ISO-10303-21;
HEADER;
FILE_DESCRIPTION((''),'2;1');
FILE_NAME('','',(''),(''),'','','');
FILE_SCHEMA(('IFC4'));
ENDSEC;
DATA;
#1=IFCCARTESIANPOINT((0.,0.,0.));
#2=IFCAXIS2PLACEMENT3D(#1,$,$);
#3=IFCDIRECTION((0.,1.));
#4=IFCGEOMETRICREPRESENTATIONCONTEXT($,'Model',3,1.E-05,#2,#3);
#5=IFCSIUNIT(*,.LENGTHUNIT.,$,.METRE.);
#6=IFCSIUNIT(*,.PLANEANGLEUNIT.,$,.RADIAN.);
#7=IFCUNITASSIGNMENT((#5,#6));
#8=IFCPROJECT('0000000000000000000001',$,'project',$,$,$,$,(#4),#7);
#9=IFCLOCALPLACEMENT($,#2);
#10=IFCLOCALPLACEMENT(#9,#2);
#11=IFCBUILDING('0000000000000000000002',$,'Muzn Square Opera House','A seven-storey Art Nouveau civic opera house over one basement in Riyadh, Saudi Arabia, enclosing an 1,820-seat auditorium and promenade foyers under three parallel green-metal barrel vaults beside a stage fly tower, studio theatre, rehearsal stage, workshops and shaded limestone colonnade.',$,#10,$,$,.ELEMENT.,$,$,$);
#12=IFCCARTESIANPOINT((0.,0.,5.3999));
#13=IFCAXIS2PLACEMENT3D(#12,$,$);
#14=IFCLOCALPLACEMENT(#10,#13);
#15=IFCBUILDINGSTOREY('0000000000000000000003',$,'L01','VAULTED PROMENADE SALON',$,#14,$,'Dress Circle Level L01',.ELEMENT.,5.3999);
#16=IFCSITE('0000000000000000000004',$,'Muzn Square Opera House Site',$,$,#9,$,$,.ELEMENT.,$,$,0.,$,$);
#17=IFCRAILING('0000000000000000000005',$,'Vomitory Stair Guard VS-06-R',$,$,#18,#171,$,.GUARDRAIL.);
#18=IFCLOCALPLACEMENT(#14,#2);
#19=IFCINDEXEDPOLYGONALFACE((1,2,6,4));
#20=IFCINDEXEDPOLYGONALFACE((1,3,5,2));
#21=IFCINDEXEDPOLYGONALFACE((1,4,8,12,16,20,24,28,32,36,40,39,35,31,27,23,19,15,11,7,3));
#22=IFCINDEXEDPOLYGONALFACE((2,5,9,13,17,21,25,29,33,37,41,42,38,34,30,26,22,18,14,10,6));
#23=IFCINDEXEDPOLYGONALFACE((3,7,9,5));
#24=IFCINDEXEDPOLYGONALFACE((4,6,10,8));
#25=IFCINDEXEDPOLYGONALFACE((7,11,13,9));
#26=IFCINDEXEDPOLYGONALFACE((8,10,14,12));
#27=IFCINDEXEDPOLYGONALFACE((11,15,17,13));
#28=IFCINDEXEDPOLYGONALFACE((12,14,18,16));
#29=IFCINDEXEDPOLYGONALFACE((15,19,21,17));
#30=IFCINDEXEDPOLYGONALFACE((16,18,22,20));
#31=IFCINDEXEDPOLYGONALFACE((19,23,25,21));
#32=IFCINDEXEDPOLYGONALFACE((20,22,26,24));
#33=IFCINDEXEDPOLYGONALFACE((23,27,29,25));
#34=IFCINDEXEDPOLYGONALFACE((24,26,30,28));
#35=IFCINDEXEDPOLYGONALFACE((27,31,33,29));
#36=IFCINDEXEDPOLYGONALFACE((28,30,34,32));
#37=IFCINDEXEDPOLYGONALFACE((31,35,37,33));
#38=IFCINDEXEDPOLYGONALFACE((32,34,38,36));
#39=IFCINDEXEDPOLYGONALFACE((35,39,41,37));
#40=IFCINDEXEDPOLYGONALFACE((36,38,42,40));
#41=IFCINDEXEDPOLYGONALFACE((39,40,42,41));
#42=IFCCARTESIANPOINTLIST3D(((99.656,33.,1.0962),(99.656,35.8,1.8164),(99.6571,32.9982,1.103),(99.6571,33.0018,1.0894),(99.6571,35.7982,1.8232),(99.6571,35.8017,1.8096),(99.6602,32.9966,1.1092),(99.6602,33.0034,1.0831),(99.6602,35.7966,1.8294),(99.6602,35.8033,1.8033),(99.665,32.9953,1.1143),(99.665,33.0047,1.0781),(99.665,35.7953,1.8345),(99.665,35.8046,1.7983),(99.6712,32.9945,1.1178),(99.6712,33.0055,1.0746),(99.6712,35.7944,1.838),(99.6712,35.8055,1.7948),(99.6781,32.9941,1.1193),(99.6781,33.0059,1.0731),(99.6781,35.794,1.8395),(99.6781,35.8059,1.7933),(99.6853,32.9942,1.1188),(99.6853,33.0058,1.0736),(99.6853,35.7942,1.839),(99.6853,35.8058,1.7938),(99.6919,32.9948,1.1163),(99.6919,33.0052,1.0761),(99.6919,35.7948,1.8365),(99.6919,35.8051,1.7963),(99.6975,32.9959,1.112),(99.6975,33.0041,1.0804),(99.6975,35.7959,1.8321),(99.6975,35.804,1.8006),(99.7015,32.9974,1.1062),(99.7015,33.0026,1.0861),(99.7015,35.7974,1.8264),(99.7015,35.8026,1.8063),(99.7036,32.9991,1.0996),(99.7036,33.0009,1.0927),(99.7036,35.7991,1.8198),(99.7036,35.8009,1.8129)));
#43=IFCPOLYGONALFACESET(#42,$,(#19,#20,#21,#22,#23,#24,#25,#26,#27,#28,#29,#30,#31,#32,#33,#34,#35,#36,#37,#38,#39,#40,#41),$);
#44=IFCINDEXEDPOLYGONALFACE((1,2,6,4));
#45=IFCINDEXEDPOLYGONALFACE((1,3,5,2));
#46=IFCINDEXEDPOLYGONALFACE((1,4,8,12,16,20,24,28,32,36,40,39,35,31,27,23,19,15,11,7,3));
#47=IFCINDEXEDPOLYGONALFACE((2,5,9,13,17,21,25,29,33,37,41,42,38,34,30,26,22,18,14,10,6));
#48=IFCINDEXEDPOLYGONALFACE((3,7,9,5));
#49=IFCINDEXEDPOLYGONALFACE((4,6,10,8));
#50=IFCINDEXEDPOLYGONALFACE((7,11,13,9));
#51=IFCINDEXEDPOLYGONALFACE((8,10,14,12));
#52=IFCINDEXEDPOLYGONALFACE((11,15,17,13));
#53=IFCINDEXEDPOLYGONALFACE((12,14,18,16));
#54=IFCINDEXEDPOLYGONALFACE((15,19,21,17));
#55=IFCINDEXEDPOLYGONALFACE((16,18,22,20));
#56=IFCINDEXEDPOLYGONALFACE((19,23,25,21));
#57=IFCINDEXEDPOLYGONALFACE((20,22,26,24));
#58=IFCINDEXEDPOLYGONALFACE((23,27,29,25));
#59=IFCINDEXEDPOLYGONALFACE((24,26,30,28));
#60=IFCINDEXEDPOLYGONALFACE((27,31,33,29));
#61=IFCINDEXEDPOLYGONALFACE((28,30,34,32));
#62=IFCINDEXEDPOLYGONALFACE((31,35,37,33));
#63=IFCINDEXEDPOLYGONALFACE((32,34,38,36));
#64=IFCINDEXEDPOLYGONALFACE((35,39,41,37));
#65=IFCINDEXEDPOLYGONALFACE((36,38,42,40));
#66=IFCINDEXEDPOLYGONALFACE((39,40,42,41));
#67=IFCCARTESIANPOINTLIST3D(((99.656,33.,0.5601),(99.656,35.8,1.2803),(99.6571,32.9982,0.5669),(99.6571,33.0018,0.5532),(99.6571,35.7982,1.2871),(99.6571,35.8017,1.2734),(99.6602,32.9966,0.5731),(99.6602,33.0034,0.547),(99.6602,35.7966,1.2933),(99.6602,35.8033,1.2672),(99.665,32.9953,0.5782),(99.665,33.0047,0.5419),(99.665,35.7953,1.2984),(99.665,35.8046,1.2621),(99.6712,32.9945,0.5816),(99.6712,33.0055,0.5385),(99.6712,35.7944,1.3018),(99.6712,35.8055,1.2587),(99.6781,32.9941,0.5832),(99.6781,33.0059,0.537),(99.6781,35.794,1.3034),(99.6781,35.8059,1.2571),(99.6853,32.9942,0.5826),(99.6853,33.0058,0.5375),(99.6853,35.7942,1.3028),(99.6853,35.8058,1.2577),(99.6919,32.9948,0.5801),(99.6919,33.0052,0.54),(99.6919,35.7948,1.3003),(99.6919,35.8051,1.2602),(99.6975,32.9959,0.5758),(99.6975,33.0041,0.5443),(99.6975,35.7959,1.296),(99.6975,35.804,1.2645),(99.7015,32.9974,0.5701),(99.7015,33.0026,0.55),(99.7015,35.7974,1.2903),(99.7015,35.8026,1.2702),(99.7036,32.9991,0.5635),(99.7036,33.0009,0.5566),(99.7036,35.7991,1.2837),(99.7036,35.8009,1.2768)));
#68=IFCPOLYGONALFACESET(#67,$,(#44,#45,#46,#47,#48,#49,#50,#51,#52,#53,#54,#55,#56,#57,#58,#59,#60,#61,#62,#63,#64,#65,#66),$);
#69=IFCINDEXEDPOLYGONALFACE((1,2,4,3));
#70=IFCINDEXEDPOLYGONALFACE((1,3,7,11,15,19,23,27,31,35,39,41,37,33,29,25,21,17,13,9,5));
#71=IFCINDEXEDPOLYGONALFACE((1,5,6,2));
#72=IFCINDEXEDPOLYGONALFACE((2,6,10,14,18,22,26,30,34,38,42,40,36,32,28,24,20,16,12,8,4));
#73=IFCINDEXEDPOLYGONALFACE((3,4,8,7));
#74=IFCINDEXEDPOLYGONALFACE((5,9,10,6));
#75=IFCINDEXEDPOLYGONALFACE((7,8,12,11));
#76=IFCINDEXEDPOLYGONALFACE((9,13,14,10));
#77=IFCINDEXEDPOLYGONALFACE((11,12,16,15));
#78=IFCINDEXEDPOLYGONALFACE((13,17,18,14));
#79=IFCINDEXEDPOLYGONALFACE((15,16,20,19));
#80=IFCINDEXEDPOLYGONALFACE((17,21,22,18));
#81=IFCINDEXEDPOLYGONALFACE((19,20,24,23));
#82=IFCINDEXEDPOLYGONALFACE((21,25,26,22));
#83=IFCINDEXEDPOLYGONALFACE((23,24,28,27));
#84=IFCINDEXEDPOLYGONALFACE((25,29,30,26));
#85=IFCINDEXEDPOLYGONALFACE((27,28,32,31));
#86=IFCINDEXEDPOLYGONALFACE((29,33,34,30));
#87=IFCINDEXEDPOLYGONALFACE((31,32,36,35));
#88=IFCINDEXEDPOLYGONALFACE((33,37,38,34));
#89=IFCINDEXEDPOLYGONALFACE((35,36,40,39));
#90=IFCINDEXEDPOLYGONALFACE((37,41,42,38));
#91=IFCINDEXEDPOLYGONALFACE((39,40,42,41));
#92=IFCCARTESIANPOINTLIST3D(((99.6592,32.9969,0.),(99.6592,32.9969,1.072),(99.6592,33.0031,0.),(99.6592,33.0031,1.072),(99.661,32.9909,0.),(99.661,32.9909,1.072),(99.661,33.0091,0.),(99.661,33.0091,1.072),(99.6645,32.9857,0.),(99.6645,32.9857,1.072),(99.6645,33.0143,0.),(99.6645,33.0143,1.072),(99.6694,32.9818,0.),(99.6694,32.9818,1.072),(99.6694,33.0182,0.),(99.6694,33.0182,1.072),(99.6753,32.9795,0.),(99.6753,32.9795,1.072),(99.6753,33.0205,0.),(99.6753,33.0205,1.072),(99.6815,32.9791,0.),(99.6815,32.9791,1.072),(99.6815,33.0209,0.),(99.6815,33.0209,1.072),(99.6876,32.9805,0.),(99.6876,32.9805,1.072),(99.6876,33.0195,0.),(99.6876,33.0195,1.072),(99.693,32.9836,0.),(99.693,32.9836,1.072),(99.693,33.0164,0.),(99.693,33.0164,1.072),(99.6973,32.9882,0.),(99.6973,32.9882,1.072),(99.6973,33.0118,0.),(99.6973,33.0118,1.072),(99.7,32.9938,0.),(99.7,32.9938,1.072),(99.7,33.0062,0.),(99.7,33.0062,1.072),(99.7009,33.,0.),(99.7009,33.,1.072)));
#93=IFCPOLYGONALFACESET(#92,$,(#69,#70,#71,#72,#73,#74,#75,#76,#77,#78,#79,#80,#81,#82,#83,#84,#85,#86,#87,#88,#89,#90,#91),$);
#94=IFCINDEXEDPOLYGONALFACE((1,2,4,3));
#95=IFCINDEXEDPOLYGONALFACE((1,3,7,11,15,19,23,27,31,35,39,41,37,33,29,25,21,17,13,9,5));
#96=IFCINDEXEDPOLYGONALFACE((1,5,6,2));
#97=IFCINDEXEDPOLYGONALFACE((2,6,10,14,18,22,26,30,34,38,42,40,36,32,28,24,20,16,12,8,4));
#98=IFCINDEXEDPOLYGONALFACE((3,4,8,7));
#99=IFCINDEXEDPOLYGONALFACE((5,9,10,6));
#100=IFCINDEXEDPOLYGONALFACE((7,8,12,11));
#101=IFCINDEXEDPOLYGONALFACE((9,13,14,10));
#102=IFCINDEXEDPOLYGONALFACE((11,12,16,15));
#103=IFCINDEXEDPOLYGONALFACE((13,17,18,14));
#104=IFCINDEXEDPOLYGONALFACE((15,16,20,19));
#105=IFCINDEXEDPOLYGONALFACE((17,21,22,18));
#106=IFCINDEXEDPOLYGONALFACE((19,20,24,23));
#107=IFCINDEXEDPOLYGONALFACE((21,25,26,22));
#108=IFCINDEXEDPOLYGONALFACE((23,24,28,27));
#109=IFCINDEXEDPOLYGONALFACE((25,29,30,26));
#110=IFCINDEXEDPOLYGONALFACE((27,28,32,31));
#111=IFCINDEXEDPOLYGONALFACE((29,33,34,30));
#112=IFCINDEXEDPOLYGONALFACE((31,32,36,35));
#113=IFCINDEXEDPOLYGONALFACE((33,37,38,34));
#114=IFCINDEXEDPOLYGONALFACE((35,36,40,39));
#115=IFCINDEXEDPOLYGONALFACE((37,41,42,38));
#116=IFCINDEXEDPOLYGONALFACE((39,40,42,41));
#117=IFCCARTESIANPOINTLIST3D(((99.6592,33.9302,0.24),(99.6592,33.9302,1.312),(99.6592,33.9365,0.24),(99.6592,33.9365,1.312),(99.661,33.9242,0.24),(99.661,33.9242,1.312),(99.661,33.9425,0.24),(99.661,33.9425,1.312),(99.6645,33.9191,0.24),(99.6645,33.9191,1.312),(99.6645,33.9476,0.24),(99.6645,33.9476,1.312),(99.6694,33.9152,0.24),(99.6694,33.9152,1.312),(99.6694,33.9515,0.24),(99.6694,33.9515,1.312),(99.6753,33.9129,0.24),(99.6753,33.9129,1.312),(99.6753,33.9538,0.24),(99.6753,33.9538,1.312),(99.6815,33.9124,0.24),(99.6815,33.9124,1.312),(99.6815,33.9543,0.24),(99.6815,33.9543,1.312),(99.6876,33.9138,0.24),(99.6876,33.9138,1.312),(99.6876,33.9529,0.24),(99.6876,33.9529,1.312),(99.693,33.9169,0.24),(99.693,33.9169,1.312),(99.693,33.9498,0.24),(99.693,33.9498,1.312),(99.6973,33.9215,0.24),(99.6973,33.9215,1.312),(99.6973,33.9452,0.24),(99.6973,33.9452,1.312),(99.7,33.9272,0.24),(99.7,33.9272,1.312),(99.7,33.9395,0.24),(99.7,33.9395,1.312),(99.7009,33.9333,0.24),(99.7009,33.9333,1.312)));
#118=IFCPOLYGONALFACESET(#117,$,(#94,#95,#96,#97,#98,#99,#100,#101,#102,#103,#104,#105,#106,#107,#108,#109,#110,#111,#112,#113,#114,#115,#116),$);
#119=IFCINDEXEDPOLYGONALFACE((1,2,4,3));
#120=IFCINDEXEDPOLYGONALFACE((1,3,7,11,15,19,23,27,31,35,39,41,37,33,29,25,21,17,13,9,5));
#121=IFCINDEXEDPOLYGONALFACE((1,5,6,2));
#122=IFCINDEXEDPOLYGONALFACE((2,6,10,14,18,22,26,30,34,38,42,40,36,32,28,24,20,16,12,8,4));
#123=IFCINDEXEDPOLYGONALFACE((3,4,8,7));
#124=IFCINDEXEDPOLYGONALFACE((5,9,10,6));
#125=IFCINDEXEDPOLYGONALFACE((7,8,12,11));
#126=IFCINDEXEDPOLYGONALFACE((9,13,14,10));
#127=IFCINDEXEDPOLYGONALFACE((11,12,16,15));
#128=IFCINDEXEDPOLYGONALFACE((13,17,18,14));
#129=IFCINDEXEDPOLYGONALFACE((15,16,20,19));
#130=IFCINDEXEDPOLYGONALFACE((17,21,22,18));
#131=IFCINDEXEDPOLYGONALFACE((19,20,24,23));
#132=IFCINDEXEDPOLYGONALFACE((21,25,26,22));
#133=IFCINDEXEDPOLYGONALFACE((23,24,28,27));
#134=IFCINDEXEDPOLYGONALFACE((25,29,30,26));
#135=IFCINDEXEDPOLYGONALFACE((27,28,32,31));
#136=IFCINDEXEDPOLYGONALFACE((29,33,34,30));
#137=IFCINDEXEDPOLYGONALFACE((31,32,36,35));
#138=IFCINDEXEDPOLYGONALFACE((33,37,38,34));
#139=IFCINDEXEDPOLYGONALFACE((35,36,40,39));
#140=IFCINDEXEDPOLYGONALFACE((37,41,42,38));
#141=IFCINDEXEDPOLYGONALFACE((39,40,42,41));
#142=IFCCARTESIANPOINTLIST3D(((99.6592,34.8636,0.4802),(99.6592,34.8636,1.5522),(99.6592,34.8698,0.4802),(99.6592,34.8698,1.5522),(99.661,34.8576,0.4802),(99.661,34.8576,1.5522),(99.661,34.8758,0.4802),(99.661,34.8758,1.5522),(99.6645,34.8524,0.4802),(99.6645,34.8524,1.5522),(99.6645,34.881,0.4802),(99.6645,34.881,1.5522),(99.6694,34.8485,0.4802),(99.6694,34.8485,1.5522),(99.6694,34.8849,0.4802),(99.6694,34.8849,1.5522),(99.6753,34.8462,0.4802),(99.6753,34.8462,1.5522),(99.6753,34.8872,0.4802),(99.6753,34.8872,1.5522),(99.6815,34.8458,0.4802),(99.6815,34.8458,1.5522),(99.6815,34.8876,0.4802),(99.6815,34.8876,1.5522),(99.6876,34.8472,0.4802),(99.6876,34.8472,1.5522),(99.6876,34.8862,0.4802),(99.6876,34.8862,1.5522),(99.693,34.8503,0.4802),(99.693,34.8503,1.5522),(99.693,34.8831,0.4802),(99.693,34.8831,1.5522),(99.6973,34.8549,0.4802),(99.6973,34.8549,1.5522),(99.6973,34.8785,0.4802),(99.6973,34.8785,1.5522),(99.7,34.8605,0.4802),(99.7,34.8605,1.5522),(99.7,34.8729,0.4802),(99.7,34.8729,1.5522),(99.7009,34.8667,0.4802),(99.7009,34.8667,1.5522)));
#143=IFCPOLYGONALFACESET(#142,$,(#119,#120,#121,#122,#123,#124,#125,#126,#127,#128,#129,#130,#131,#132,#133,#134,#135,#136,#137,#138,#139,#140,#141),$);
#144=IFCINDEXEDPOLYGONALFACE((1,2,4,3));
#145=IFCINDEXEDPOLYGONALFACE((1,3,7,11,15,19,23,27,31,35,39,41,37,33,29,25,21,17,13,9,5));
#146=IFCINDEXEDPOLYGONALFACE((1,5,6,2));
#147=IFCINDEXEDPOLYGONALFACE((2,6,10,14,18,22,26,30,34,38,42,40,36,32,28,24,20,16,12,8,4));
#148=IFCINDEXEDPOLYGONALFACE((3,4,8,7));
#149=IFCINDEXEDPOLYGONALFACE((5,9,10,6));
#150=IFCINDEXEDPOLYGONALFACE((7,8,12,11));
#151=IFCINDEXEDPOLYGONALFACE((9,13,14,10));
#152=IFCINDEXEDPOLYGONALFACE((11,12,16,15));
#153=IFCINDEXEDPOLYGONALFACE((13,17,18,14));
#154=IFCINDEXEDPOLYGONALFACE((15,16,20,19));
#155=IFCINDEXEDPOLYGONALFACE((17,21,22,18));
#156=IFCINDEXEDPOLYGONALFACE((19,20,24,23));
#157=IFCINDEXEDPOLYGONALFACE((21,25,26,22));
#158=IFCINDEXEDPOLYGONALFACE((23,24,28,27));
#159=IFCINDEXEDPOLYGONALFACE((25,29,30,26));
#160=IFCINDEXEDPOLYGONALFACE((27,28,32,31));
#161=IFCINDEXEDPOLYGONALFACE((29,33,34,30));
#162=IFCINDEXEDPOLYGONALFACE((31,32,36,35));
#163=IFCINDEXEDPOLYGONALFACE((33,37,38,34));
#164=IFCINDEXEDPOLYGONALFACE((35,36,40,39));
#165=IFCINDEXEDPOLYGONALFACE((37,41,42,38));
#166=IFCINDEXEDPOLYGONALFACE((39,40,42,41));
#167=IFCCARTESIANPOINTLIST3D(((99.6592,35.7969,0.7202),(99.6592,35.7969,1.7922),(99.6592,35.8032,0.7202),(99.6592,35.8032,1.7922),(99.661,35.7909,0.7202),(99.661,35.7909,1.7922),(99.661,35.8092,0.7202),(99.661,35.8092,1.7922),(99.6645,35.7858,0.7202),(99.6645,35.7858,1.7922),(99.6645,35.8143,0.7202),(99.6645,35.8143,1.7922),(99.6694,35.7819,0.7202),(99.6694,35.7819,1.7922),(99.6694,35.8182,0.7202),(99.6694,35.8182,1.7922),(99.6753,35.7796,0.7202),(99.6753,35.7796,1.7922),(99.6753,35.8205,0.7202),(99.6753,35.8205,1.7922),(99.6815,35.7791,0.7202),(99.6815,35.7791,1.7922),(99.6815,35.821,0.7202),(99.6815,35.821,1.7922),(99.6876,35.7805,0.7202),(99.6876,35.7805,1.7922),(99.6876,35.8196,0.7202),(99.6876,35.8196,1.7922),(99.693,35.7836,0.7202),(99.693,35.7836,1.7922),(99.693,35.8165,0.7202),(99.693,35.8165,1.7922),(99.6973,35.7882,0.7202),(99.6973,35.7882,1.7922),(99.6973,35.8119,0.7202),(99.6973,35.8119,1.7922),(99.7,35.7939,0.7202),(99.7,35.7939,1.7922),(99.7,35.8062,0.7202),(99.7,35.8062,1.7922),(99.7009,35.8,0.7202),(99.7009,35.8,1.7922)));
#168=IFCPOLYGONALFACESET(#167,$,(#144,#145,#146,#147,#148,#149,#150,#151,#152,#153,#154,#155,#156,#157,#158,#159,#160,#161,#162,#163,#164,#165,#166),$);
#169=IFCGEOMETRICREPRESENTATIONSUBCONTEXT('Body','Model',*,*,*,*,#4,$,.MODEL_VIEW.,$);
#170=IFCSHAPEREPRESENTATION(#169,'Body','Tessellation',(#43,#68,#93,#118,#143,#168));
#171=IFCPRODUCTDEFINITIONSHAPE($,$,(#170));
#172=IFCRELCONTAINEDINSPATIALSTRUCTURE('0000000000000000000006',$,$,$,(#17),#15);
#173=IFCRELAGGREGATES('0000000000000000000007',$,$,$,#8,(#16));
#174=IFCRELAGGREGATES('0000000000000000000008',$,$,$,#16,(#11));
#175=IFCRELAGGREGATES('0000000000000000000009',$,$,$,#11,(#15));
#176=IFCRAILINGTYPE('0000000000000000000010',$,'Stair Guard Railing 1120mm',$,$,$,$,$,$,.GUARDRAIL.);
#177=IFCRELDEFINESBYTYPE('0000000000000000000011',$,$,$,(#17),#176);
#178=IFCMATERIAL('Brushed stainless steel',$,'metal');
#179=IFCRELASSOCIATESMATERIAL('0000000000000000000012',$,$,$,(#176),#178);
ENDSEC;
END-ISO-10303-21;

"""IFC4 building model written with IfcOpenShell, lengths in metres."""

from ifc_helpers import new_model, si_unit, direction, frame, origin, origin_2d, place, context, subcontext, project, spatial, circle, extrude, material, type_object, element, save


model = new_model("IFC4")

# Units and contexts
model_context = context("Model", 3, precision=1e-05, world=origin(), true_north=direction((0.0, 1.0)))
body_context = subcontext(model_context, "Body", "Model", "MODEL_VIEW")
ifc_project = project(units=[si_unit("LENGTHUNIT", "METRE"), si_unit("PLANEANGLEUNIT", "RADIAN")], contexts=[model_context])

# Site, building, storey
site_placement = place(None, origin())
site = spatial("IfcSite", under=ifc_project, at=site_placement, Name="Muzn Square Opera House Site", CompositionType="ELEMENT", RefElevation=0.0)
building_placement = place(site_placement, origin())
building = spatial("IfcBuilding", under=site, at=building_placement, Name="Muzn Square Opera House", Description="A seven-storey Art Nouveau civic opera house over one basement in Riyadh, Saudi Arabia, enclosing an 1,820-seat auditorium and promenade foyers under three parallel green-metal barrel vaults beside a stage fly tower, studio theatre, rehearsal stage, workshops and shaded limestone colonnade.", CompositionType="ELEMENT")
storey_placement = place(building_placement, frame((0.0, 0.0, 5.3999)))
storey = spatial("IfcBuildingStorey", under=building, at=storey_placement, Name="L01", Description="VAULTED PROMENADE SALON", LongName="Dress Circle Level L01", CompositionType="ELEMENT", Elevation=5.3999)

# Railing
ifc_material_1 = material(Name="Brushed stainless steel", Category="metal")
railing_type_1 = type_object("IfcRailingType", Name="Stair Guard Railing 1120mm", PredefinedType="GUARDRAIL", material=ifc_material_1)
for number, where, name in (
    (1, (99.6799, 33.0, 0.0), "Vomitory Stair Guard VS-06-R"),
):
    element("IfcRailing", number, at=place(storey_placement, frame(where)), inside=storey, type_object=railing_type_1, Name=name, PredefinedType="GUARDRAIL", context=body_context, shape_type="SweptSolid", body=[
        extrude(circle(Radius=0.0239, at=origin_2d()), frame((0.0, 0.0, 1.0962), z_axis=(0.0, 0.968476, 0.249107), x_axis=(-1.0, 0.0, 0.0)), (0.0, 0.0, 1.0), 2.8911),
        extrude(circle(Radius=0.0239, at=origin_2d()), frame((0.0, 0.0, 0.5601), z_axis=(0.0, 0.968476, 0.249107), x_axis=(-1.0, 0.0, 0.0)), (0.0, 0.0, 1.0), 2.8911),
        extrude(circle(Radius=0.021, at=origin_2d()), origin(), (0.0, 0.0, 1.0), 1.072),
        extrude(circle(Radius=0.021, at=origin_2d()), frame((0.0, 0.9333, 0.24)), (0.0, 0.0, 1.0), 1.072),
        extrude(circle(Radius=0.021, at=origin_2d()), frame((0.0, 1.8667, 0.4802)), (0.0, 0.0, 1.0), 1.072),
        extrude(circle(Radius=0.021, at=origin_2d()), frame((0.0, 2.8, 0.7202)), (0.0, 0.0, 1.0), 1.072),
    ])

save(model, "model.ifc")
